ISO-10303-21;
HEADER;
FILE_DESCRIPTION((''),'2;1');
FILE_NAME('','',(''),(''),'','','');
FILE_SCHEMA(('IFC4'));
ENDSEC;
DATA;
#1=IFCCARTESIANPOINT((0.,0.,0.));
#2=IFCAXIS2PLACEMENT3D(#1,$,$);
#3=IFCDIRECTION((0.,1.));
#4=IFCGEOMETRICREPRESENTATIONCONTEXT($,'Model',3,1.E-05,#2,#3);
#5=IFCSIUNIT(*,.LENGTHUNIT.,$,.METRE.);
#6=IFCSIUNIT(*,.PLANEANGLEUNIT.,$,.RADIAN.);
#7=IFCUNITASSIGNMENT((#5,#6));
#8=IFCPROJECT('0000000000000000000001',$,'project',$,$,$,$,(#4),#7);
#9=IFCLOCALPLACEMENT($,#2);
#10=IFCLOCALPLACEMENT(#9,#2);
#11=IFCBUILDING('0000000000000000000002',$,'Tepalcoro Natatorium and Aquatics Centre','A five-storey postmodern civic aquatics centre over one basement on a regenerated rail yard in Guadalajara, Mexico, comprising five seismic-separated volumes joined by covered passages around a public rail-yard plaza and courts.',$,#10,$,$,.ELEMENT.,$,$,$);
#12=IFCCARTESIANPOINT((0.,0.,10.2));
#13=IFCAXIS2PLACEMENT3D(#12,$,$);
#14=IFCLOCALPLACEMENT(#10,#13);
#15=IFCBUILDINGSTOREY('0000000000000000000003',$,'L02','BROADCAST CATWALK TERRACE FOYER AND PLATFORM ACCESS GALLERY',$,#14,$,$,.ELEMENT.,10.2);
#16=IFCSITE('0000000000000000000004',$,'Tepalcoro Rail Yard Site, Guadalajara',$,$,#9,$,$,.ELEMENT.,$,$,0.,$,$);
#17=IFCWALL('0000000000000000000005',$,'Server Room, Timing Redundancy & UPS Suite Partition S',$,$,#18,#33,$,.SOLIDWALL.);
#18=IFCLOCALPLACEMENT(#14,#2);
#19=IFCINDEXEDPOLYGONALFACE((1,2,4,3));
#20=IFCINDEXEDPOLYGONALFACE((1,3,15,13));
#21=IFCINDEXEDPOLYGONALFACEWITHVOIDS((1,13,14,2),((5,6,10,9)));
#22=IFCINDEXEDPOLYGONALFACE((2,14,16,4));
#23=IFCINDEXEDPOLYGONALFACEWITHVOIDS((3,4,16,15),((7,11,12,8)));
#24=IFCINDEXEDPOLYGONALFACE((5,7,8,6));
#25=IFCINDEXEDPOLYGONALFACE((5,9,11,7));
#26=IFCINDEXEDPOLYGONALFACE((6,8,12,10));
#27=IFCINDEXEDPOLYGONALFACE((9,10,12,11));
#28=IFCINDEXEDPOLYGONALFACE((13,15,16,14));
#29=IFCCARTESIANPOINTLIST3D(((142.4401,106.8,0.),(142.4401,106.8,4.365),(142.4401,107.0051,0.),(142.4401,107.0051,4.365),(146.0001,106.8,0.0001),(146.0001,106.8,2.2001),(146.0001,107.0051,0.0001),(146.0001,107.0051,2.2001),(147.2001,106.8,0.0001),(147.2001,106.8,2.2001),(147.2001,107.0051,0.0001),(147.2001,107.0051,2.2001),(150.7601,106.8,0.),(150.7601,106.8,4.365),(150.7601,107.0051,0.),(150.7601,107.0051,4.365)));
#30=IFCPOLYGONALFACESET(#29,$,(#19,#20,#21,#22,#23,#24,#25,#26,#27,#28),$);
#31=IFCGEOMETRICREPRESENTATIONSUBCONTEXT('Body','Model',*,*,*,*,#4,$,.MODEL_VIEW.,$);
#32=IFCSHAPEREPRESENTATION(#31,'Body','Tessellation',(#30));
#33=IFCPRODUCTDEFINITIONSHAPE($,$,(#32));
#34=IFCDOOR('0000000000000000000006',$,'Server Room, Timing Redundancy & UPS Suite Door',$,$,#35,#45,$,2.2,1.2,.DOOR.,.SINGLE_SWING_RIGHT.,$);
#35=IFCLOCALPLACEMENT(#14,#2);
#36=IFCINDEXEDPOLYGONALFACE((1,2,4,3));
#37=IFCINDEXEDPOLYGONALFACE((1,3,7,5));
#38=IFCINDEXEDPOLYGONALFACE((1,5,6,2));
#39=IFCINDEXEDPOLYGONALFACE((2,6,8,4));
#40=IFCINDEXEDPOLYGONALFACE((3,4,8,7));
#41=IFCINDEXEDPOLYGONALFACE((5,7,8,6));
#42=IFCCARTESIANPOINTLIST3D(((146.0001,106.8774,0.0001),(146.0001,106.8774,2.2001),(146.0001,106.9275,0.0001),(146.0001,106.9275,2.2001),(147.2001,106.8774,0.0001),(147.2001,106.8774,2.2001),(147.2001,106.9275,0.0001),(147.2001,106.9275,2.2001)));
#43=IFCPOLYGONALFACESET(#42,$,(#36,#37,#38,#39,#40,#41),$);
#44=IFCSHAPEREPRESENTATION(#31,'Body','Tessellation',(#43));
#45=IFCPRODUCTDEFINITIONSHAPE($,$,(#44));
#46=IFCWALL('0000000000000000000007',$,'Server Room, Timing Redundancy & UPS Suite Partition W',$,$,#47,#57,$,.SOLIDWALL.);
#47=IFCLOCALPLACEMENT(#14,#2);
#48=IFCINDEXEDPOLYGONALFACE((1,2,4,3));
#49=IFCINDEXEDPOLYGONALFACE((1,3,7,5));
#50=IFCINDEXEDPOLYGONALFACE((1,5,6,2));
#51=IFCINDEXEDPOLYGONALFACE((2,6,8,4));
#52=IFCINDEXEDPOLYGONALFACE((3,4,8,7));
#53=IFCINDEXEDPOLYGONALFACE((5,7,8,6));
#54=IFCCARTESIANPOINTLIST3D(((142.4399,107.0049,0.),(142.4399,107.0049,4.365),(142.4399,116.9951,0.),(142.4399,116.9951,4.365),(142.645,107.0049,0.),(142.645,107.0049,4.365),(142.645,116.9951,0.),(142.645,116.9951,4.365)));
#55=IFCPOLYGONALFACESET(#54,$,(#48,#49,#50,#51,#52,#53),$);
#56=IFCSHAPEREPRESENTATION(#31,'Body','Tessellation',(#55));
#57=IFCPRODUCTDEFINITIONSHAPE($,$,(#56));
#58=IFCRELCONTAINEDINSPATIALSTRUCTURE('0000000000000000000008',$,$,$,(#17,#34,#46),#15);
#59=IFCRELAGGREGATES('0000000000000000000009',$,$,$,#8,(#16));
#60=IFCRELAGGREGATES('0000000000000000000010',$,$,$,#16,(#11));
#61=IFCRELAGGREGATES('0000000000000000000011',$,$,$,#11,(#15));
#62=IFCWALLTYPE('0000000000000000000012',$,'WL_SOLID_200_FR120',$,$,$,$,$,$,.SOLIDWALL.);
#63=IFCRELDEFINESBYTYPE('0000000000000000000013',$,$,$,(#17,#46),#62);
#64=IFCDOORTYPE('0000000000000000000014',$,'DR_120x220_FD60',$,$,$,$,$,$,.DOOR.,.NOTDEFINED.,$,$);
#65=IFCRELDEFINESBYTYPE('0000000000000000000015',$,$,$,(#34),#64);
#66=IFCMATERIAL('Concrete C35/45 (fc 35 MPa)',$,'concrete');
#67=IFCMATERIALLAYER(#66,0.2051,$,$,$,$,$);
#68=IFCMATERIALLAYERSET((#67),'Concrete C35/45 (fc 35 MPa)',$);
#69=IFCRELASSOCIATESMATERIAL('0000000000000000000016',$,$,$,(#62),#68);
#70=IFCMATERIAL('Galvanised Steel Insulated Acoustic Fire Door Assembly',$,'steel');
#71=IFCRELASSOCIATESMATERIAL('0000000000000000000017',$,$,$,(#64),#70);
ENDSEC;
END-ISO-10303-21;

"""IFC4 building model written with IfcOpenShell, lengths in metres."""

from ifc_helpers import new_model, si_unit, direction, frame, frame_2d, origin, place, context, subcontext, project, spatial, rectangle, extrude, material, layer, layer_set, type_object, element, fill, save


model = new_model("IFC4")

# Units and contexts
model_context = context("Model", 3, precision=1e-05, world=origin(), true_north=direction((0.0, 1.0)))
body_context = subcontext(model_context, "Body", "Model", "MODEL_VIEW")
ifc_project = project(units=[si_unit("LENGTHUNIT", "METRE"), si_unit("PLANEANGLEUNIT", "RADIAN")], contexts=[model_context])

# Site, building, storey
site_placement = place(None, origin())
site = spatial("IfcSite", under=ifc_project, at=site_placement, Name="Tepalcoro Rail Yard Site, Guadalajara", CompositionType="ELEMENT", RefElevation=0.0)
building_placement = place(site_placement, origin())
building = spatial("IfcBuilding", under=site, at=building_placement, Name="Tepalcoro Natatorium and Aquatics Centre", Description="A five-storey postmodern civic aquatics centre over one basement on a regenerated rail yard in Guadalajara, Mexico, comprising five seismic-separated volumes joined by covered passages around a public rail-yard plaza and courts.", CompositionType="ELEMENT")
storey_placement = place(building_placement, frame((0.0, 0.0, 10.2)))
storey = spatial("IfcBuildingStorey", under=building, at=storey_placement, Name="L02", Description="BROADCAST CATWALK TERRACE FOYER AND PLATFORM ACCESS GALLERY", CompositionType="ELEMENT", Elevation=10.2)

# Wall, opening, door
ifc_material_1 = material(Name="Galvanised Steel Insulated Acoustic Fire Door Assembly", Category="steel")
ifc_material_2 = material(Name="Concrete C35/45 (fc 35 MPa)", Category="concrete")
ifc_layer_1 = layer(ifc_material_2, 0.2051)
ifc_layer_set_1 = layer_set([ifc_layer_1], Name="Concrete C35/45 (fc 35 MPa)")
wall_type_1 = type_object("IfcWallType", Name="WL_SOLID_200_FR120", PredefinedType="SOLIDWALL", material=ifc_layer_set_1)
wall_1_placement = place(storey_placement, frame((142.4399, 106.9026, 0.0), z_axis=(0.0, 0.0, 1.0), x_axis=(1.0, 0.0, 0.0)))
wall_1 = element("IfcWall", 1, at=wall_1_placement, inside=storey, type_object=wall_type_1, Name="Server Room, Timing Redundancy & UPS Suite Partition S", PredefinedType="SOLIDWALL", context=body_context, shape_type="SweptSolid", body=[
    extrude(rectangle(XDim=8.3201, YDim=0.2051, at=frame_2d((4.1602, 0.0))), origin(), (0.0, 0.0, 1.0), 4.365),
])
opening_1_placement = place(wall_1_placement, frame((3.5601, 0.0, 0.0)))
opening_1 = element("IfcOpeningElement", 2, at=opening_1_placement, cuts=wall_1, PredefinedType="OPENING", context=body_context, shape_type="SweptSolid", body=[
    extrude(rectangle(XDim=1.2, YDim=2.2, at=frame_2d((0.6001, 1.1001))), frame((0.0, 0.1145, 0.0), z_axis=(0.0, -1.0, 0.0), x_axis=(1.0, 0.0, 0.0)), (0.0, 0.0, 1.0), 0.229),
])
door_type_1 = type_object("IfcDoorType", Name="DR_120x220_FD60", OperationType="NOTDEFINED", PredefinedType="DOOR", material=ifc_material_1)
door_1_placement = place(opening_1_placement, origin())
door_1 = element("IfcDoor", 3, at=door_1_placement, inside=storey, type_object=door_type_1, Name="Server Room, Timing Redundancy & UPS Suite Door", OperationType="SINGLE_SWING_RIGHT", OverallHeight=2.2, OverallWidth=1.2, PredefinedType="DOOR", context=body_context, shape_type="SweptSolid", body=[
    extrude(rectangle(XDim=1.2, YDim=2.2, at=frame_2d((0.6001, 1.1001))), frame((0.0, 0.0249, 0.0), z_axis=(0.0, -1.0, 0.0), x_axis=(1.0, 0.0, 0.0)), (0.0, 0.0, 1.0), 0.05),
])
fill(opening_1, door_1)

# Wall
wall_2_placement = place(storey_placement, frame((142.5425, 107.0049, 0.0), z_axis=(0.0, 0.0, 1.0), x_axis=(0.0, 1.0, 0.0)))
element("IfcWall", 4, at=wall_2_placement, inside=storey, type_object=wall_type_1, Name="Server Room, Timing Redundancy & UPS Suite Partition W", PredefinedType="SOLIDWALL", context=body_context, shape_type="SweptSolid", body=[
    extrude(rectangle(XDim=9.9902, YDim=0.2051, at=frame_2d((4.9951, 0.0))), origin(), (0.0, 0.0, 1.0), 4.365),
])

save(model, "model.ifc")
